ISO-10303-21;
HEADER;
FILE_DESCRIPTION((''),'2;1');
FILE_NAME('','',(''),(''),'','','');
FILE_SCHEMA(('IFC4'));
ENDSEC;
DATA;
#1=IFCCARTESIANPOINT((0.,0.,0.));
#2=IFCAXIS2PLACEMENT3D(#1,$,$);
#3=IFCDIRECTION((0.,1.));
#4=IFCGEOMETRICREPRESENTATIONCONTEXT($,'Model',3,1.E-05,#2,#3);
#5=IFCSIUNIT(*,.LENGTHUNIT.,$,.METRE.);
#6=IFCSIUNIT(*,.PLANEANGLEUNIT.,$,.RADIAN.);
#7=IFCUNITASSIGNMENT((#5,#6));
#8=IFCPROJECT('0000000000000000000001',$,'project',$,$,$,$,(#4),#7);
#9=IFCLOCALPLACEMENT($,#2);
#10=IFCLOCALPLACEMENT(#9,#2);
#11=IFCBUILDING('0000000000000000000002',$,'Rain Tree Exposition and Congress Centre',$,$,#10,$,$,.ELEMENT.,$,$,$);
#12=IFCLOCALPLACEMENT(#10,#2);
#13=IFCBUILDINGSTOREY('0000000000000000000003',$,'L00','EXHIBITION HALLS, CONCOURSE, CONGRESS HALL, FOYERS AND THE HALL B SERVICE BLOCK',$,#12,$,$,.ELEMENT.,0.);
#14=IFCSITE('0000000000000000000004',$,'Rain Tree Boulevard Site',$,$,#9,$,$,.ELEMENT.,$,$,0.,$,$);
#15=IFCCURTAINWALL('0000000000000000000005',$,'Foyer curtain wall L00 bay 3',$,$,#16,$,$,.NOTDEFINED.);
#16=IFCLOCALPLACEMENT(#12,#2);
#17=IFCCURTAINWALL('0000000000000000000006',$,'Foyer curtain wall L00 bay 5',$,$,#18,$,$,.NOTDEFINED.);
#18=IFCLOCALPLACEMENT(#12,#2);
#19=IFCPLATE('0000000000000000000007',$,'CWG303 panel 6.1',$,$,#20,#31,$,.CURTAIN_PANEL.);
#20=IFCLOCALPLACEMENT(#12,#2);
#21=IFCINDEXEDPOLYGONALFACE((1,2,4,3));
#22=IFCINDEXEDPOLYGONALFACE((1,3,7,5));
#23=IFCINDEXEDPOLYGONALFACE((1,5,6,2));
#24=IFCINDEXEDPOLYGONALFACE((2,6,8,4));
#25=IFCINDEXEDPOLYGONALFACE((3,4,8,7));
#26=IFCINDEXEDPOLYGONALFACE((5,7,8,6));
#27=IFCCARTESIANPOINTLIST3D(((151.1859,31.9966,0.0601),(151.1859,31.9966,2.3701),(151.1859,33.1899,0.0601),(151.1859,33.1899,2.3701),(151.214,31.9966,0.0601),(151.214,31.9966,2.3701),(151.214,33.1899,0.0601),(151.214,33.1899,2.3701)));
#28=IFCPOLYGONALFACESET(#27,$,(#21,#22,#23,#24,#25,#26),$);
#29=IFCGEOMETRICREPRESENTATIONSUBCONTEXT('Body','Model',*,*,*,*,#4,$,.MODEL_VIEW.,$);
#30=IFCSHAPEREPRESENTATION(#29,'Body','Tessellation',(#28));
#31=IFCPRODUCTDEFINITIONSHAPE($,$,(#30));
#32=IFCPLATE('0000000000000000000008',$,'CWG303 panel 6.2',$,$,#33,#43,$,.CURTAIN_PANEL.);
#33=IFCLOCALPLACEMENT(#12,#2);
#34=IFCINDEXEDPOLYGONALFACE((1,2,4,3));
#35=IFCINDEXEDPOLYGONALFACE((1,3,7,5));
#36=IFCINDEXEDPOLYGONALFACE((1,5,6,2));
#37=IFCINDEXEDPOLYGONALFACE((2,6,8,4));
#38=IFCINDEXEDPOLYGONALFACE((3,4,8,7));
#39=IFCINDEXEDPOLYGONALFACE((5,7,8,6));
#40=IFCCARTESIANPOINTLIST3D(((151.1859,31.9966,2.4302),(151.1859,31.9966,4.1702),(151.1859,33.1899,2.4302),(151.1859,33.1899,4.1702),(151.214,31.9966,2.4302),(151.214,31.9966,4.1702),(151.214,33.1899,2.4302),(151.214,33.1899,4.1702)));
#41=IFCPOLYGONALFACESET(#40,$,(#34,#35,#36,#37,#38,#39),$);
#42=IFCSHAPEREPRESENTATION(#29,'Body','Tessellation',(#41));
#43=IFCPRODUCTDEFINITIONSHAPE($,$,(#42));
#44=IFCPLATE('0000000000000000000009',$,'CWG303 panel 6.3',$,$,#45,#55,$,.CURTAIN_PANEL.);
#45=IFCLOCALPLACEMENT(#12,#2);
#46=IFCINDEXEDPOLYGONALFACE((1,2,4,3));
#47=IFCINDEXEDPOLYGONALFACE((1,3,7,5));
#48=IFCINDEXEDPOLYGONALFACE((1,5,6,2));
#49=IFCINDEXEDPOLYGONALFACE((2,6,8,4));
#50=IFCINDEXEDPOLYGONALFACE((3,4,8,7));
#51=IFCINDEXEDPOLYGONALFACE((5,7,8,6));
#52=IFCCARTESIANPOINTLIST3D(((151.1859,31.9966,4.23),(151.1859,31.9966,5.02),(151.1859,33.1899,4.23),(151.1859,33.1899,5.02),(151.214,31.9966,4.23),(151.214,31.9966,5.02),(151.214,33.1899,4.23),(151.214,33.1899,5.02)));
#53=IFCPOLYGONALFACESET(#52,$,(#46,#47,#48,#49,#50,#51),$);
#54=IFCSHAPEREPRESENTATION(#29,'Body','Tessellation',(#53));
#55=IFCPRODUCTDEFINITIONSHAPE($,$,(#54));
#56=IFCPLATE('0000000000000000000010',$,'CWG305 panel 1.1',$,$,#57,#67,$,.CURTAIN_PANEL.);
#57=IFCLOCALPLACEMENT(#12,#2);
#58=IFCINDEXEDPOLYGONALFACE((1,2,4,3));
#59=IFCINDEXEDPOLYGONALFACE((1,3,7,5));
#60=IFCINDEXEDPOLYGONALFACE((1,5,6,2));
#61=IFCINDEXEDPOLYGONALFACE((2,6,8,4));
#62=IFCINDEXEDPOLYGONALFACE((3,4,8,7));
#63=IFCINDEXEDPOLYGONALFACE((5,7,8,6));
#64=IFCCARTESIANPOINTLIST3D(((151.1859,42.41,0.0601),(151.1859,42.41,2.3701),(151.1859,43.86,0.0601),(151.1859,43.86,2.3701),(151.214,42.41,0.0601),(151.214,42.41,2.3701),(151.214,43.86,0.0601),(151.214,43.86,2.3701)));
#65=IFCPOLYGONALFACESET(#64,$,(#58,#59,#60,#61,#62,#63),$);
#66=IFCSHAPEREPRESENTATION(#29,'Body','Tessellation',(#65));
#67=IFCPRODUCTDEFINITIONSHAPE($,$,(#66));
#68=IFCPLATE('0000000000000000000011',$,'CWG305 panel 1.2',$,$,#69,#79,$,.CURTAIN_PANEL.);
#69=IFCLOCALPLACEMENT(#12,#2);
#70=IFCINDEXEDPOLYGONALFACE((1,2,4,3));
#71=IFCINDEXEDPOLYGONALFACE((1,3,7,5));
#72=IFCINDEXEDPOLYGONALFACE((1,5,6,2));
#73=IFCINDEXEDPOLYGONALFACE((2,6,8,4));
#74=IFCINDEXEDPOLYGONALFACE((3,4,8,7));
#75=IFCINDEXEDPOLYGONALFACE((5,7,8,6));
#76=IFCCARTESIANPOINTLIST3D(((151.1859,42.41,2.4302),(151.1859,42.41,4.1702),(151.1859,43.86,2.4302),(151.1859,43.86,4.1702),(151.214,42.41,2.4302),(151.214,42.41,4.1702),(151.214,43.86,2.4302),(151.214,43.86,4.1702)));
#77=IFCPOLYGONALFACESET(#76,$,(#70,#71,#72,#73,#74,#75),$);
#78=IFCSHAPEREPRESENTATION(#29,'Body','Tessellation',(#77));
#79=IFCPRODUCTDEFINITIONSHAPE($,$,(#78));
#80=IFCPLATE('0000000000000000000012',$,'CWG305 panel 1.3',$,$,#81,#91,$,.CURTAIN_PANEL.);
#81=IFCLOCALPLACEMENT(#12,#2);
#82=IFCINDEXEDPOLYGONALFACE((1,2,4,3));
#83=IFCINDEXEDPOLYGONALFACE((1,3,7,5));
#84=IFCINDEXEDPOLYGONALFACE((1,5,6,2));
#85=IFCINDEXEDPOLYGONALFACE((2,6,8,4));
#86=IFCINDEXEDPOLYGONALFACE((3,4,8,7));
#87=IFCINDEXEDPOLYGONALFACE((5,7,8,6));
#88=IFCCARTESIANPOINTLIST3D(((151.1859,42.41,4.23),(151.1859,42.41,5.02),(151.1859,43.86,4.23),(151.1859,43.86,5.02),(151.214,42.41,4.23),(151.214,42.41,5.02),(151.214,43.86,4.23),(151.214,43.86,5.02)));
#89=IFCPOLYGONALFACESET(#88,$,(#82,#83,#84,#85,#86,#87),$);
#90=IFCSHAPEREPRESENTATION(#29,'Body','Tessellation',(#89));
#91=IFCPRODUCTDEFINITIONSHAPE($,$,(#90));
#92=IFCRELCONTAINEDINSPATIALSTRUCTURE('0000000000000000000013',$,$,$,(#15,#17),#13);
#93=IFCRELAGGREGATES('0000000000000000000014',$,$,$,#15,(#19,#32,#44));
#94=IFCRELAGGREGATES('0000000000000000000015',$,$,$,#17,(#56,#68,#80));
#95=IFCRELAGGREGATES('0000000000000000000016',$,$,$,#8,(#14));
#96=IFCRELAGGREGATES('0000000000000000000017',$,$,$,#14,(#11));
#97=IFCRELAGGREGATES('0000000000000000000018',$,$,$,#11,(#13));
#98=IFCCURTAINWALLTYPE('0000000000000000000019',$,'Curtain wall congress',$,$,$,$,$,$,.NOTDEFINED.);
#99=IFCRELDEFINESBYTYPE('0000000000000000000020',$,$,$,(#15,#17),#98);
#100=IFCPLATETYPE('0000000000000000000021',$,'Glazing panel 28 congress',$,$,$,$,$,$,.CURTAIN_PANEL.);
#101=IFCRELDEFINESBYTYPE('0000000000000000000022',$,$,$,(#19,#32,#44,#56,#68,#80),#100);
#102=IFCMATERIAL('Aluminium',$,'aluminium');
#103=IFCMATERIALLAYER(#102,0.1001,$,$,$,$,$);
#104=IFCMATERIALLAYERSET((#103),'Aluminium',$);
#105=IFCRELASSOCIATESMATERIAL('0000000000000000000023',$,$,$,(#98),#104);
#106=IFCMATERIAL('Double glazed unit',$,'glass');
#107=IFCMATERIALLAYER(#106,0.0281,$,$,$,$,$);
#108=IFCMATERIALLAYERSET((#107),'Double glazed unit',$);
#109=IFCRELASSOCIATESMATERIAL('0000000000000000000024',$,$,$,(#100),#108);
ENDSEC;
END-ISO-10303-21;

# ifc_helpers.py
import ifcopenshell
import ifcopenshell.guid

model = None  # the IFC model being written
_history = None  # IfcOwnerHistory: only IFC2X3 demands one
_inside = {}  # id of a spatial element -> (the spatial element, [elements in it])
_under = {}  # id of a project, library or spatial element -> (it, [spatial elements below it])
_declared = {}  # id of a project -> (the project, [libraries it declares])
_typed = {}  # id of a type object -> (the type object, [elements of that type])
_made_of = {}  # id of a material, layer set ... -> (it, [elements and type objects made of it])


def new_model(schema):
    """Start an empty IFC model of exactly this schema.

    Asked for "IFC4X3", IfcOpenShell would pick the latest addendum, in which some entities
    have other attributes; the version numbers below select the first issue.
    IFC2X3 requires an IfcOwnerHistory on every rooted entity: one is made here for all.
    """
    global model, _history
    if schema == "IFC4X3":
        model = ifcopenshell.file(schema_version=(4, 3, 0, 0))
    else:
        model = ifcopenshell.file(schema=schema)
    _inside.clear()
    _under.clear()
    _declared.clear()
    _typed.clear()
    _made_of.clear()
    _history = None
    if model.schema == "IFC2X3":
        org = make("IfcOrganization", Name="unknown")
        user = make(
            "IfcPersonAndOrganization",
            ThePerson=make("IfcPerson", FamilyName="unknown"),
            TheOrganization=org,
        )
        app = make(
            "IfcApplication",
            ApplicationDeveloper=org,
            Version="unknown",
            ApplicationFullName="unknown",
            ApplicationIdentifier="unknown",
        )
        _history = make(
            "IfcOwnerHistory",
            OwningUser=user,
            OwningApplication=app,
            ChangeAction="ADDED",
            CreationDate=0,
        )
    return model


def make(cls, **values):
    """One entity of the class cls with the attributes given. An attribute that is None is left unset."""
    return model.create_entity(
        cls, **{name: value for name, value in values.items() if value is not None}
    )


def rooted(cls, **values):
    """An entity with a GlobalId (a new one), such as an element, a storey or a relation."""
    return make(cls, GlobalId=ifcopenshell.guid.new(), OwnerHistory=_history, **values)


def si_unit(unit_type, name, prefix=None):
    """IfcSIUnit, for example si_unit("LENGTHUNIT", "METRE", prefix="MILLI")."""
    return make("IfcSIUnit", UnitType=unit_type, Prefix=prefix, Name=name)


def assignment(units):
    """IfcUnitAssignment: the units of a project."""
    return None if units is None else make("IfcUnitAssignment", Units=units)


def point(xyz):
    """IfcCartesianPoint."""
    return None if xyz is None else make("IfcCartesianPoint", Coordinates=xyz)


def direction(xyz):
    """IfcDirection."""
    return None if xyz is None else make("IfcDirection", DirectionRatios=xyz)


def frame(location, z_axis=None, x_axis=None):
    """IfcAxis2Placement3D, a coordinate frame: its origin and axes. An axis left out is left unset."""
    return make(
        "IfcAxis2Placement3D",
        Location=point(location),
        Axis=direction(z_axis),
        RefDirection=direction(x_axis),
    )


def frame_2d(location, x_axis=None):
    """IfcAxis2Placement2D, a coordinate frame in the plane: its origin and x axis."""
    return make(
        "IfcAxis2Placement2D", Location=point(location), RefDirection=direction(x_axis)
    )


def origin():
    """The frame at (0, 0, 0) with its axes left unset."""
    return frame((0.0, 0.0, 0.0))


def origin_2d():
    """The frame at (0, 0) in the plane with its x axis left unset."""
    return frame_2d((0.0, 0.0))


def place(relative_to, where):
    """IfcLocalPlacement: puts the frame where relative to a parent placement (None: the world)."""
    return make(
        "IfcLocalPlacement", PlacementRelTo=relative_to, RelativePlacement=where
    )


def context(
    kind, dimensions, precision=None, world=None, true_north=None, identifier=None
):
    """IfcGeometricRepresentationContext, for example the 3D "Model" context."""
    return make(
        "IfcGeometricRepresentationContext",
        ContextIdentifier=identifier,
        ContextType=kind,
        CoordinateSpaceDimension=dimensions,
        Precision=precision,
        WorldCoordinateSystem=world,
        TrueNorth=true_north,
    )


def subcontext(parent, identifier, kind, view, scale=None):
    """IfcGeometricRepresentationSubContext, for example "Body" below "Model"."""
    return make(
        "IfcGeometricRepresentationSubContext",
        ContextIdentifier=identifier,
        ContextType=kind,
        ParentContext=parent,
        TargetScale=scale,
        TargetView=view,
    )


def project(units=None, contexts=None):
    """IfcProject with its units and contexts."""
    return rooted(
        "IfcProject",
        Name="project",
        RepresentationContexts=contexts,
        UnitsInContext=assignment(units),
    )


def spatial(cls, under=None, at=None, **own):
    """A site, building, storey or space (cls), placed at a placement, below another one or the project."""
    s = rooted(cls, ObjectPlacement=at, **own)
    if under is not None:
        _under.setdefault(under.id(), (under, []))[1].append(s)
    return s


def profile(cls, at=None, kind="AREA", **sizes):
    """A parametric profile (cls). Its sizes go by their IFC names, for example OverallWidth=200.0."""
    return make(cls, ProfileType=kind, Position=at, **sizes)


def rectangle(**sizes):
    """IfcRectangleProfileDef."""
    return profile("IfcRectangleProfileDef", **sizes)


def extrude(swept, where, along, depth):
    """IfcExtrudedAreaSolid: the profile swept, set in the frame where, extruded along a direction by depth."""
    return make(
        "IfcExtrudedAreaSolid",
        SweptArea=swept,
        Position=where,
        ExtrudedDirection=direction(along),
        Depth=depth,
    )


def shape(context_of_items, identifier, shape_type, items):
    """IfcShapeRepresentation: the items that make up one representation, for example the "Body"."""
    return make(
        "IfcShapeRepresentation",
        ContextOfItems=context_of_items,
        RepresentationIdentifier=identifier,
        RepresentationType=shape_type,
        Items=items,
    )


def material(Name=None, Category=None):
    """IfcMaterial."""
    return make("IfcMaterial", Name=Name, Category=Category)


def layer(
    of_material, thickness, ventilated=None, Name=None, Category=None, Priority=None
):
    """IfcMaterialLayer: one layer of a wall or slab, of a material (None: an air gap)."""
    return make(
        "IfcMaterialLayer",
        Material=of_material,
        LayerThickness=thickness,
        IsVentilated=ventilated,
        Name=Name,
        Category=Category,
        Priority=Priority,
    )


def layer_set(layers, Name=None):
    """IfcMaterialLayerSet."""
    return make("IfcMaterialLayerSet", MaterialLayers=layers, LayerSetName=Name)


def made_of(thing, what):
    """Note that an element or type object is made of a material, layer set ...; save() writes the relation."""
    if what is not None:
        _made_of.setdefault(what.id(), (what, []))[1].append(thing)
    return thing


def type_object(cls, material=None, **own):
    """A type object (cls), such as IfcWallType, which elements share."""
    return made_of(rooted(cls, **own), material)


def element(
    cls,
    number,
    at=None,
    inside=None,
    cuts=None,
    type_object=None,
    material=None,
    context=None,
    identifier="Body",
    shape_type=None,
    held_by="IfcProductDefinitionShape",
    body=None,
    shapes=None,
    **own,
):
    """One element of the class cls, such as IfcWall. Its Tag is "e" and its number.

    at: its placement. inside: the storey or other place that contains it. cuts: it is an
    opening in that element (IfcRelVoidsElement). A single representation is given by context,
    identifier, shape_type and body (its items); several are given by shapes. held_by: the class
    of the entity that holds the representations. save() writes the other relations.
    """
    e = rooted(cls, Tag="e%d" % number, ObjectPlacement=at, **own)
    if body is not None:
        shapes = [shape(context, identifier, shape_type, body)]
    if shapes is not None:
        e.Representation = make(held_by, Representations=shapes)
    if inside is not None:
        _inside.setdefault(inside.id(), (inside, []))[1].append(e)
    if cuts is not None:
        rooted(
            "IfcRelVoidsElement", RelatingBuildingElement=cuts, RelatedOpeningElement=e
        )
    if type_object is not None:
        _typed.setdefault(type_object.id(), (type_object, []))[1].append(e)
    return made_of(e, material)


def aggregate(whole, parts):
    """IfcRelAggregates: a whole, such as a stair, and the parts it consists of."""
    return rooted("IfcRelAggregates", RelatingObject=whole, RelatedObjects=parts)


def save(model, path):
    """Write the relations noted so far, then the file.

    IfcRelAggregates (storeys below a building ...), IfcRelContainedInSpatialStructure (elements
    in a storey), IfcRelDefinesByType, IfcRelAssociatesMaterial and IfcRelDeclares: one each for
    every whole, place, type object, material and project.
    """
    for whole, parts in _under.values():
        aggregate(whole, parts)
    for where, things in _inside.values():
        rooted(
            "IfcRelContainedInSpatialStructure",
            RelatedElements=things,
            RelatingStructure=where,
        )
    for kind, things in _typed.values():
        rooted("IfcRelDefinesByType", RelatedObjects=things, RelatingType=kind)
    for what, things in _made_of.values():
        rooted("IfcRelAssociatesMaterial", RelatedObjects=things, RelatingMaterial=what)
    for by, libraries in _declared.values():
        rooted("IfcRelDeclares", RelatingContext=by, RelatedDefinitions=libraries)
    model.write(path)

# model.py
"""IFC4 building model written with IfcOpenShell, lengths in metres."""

from ifc_helpers import new_model, si_unit, direction, frame, origin, origin_2d, place, context, subcontext, project, spatial, rectangle, extrude, material, layer, layer_set, type_object, element, aggregate, save


model = new_model("IFC4")

# Units and contexts
model_context = context("Model", 3, precision=1e-05, world=origin(), true_north=direction((0.0, 1.0)))
body_context = subcontext(model_context, "Body", "Model", "MODEL_VIEW")
ifc_project = project(units=[si_unit("LENGTHUNIT", "METRE"), si_unit("PLANEANGLEUNIT", "RADIAN")], contexts=[model_context])

# Site, building, storey
site_placement = place(None, origin())
site = spatial("IfcSite", under=ifc_project, at=site_placement, Name="Rain Tree Boulevard Site", CompositionType="ELEMENT", RefElevation=0.0)
building_placement = place(site_placement, origin())
building = spatial("IfcBuilding", under=site, at=building_placement, Name="Rain Tree Exposition and Congress Centre", CompositionType="ELEMENT")
storey_placement = place(building_placement, origin())
storey = spatial("IfcBuildingStorey", under=building, at=storey_placement, Name="L00", Description="EXHIBITION HALLS, CONCOURSE, CONGRESS HALL, FOYERS AND THE HALL B SERVICE BLOCK", CompositionType="ELEMENT", Elevation=0.0)

# Curtain wall
ifc_material_1 = material(Name="Aluminium", Category="aluminium")
ifc_layer_1 = layer(ifc_material_1, 0.1001)
ifc_layer_set_1 = layer_set([ifc_layer_1], Name="Aluminium")
curtain_wall_type = type_object("IfcCurtainWallType", Name="Curtain wall congress", PredefinedType="NOTDEFINED", material=ifc_layer_set_1)
curtain_wall_1_placement = place(storey_placement, origin())
curtain_wall_1 = element("IfcCurtainWall", 1, at=curtain_wall_1_placement, inside=storey, type_object=curtain_wall_type, Name="Foyer curtain wall L00 bay 3", PredefinedType="NOTDEFINED")

# Curtain wall
curtain_wall_2_placement = place(storey_placement, origin())
curtain_wall_2 = element("IfcCurtainWall", 2, at=curtain_wall_2_placement, inside=storey, type_object=curtain_wall_type, Name="Foyer curtain wall L00 bay 5", PredefinedType="NOTDEFINED")

# Plates
ifc_material_2 = material(Name="Double glazed unit", Category="glass")
ifc_layer_2 = layer(ifc_material_2, 0.0281)
ifc_layer_set_2 = layer_set([ifc_layer_2], Name="Double glazed unit")
plate_type = type_object("IfcPlateType", Name="Glazing panel 28 congress", PredefinedType="CURTAIN_PANEL", material=ifc_layer_set_2)
plate_1_placement = place(storey_placement, frame((151.2, 32.5933, 0.0601), z_axis=(0.0, 0.0, 1.0), x_axis=(0.0, 1.0, 0.0)))
plate_1 = element("IfcPlate", 3, at=plate_1_placement, type_object=plate_type, Name="CWG303 panel 6.1", PredefinedType="CURTAIN_PANEL", context=body_context, shape_type="SweptSolid", body=[
    extrude(rectangle(XDim=1.1934, YDim=0.0281, at=origin_2d()), origin(), (0.0, 0.0, 1.0), 2.3101),
])
plate_2_placement = place(storey_placement, frame((151.2, 32.5933, 2.4302), z_axis=(0.0, 0.0, 1.0), x_axis=(0.0, 1.0, 0.0)))
plate_2 = element("IfcPlate", 4, at=plate_2_placement, type_object=plate_type, Name="CWG303 panel 6.2", PredefinedType="CURTAIN_PANEL", context=body_context, shape_type="SweptSolid", body=[
    extrude(rectangle(XDim=1.1934, YDim=0.0281, at=origin_2d()), origin(), (0.0, 0.0, 1.0), 1.74),
])
plate_3_placement = place(storey_placement, frame((151.2, 32.5933, 4.23), z_axis=(0.0, 0.0, 1.0), x_axis=(0.0, 1.0, 0.0)))
plate_3 = element("IfcPlate", 5, at=plate_3_placement, type_object=plate_type, Name="CWG303 panel 6.3", PredefinedType="CURTAIN_PANEL", context=body_context, shape_type="SweptSolid", body=[
    extrude(rectangle(XDim=1.1934, YDim=0.0281, at=origin_2d()), origin(), (0.0, 0.0, 1.0), 0.79),
])
aggregate(curtain_wall_1, [plate_1, plate_2, plate_3])
plate_4_placement = place(storey_placement, frame((151.2, 43.135, 0.0601), z_axis=(0.0, 0.0, 1.0), x_axis=(0.0, 1.0, 0.0)))
plate_4 = element("IfcPlate", 6, at=plate_4_placement, type_object=plate_type, Name="CWG305 panel 1.1", PredefinedType="CURTAIN_PANEL", context=body_context, shape_type="SweptSolid", body=[
    extrude(rectangle(XDim=1.45, YDim=0.0281, at=origin_2d()), origin(), (0.0, 0.0, 1.0), 2.3101),
])
plate_5_placement = place(storey_placement, frame((151.2, 43.135, 2.4302), z_axis=(0.0, 0.0, 1.0), x_axis=(0.0, 1.0, 0.0)))
plate_5 = element("IfcPlate", 7, at=plate_5_placement, type_object=plate_type, Name="CWG305 panel 1.2", PredefinedType="CURTAIN_PANEL", context=body_context, shape_type="SweptSolid", body=[
    extrude(rectangle(XDim=1.45, YDim=0.0281, at=origin_2d()), origin(), (0.0, 0.0, 1.0), 1.74),
])
plate_6_placement = place(storey_placement, frame((151.2, 43.135, 4.23), z_axis=(0.0, 0.0, 1.0), x_axis=(0.0, 1.0, 0.0)))
plate_6 = element("IfcPlate", 8, at=plate_6_placement, type_object=plate_type, Name="CWG305 panel 1.3", PredefinedType="CURTAIN_PANEL", context=body_context, shape_type="SweptSolid", body=[
    extrude(rectangle(XDim=1.45, YDim=0.0281, at=origin_2d()), origin(), (0.0, 0.0, 1.0), 0.79),
])
aggregate(curtain_wall_2, [plate_4, plate_5, plate_6])

save(model, "model.ifc")
